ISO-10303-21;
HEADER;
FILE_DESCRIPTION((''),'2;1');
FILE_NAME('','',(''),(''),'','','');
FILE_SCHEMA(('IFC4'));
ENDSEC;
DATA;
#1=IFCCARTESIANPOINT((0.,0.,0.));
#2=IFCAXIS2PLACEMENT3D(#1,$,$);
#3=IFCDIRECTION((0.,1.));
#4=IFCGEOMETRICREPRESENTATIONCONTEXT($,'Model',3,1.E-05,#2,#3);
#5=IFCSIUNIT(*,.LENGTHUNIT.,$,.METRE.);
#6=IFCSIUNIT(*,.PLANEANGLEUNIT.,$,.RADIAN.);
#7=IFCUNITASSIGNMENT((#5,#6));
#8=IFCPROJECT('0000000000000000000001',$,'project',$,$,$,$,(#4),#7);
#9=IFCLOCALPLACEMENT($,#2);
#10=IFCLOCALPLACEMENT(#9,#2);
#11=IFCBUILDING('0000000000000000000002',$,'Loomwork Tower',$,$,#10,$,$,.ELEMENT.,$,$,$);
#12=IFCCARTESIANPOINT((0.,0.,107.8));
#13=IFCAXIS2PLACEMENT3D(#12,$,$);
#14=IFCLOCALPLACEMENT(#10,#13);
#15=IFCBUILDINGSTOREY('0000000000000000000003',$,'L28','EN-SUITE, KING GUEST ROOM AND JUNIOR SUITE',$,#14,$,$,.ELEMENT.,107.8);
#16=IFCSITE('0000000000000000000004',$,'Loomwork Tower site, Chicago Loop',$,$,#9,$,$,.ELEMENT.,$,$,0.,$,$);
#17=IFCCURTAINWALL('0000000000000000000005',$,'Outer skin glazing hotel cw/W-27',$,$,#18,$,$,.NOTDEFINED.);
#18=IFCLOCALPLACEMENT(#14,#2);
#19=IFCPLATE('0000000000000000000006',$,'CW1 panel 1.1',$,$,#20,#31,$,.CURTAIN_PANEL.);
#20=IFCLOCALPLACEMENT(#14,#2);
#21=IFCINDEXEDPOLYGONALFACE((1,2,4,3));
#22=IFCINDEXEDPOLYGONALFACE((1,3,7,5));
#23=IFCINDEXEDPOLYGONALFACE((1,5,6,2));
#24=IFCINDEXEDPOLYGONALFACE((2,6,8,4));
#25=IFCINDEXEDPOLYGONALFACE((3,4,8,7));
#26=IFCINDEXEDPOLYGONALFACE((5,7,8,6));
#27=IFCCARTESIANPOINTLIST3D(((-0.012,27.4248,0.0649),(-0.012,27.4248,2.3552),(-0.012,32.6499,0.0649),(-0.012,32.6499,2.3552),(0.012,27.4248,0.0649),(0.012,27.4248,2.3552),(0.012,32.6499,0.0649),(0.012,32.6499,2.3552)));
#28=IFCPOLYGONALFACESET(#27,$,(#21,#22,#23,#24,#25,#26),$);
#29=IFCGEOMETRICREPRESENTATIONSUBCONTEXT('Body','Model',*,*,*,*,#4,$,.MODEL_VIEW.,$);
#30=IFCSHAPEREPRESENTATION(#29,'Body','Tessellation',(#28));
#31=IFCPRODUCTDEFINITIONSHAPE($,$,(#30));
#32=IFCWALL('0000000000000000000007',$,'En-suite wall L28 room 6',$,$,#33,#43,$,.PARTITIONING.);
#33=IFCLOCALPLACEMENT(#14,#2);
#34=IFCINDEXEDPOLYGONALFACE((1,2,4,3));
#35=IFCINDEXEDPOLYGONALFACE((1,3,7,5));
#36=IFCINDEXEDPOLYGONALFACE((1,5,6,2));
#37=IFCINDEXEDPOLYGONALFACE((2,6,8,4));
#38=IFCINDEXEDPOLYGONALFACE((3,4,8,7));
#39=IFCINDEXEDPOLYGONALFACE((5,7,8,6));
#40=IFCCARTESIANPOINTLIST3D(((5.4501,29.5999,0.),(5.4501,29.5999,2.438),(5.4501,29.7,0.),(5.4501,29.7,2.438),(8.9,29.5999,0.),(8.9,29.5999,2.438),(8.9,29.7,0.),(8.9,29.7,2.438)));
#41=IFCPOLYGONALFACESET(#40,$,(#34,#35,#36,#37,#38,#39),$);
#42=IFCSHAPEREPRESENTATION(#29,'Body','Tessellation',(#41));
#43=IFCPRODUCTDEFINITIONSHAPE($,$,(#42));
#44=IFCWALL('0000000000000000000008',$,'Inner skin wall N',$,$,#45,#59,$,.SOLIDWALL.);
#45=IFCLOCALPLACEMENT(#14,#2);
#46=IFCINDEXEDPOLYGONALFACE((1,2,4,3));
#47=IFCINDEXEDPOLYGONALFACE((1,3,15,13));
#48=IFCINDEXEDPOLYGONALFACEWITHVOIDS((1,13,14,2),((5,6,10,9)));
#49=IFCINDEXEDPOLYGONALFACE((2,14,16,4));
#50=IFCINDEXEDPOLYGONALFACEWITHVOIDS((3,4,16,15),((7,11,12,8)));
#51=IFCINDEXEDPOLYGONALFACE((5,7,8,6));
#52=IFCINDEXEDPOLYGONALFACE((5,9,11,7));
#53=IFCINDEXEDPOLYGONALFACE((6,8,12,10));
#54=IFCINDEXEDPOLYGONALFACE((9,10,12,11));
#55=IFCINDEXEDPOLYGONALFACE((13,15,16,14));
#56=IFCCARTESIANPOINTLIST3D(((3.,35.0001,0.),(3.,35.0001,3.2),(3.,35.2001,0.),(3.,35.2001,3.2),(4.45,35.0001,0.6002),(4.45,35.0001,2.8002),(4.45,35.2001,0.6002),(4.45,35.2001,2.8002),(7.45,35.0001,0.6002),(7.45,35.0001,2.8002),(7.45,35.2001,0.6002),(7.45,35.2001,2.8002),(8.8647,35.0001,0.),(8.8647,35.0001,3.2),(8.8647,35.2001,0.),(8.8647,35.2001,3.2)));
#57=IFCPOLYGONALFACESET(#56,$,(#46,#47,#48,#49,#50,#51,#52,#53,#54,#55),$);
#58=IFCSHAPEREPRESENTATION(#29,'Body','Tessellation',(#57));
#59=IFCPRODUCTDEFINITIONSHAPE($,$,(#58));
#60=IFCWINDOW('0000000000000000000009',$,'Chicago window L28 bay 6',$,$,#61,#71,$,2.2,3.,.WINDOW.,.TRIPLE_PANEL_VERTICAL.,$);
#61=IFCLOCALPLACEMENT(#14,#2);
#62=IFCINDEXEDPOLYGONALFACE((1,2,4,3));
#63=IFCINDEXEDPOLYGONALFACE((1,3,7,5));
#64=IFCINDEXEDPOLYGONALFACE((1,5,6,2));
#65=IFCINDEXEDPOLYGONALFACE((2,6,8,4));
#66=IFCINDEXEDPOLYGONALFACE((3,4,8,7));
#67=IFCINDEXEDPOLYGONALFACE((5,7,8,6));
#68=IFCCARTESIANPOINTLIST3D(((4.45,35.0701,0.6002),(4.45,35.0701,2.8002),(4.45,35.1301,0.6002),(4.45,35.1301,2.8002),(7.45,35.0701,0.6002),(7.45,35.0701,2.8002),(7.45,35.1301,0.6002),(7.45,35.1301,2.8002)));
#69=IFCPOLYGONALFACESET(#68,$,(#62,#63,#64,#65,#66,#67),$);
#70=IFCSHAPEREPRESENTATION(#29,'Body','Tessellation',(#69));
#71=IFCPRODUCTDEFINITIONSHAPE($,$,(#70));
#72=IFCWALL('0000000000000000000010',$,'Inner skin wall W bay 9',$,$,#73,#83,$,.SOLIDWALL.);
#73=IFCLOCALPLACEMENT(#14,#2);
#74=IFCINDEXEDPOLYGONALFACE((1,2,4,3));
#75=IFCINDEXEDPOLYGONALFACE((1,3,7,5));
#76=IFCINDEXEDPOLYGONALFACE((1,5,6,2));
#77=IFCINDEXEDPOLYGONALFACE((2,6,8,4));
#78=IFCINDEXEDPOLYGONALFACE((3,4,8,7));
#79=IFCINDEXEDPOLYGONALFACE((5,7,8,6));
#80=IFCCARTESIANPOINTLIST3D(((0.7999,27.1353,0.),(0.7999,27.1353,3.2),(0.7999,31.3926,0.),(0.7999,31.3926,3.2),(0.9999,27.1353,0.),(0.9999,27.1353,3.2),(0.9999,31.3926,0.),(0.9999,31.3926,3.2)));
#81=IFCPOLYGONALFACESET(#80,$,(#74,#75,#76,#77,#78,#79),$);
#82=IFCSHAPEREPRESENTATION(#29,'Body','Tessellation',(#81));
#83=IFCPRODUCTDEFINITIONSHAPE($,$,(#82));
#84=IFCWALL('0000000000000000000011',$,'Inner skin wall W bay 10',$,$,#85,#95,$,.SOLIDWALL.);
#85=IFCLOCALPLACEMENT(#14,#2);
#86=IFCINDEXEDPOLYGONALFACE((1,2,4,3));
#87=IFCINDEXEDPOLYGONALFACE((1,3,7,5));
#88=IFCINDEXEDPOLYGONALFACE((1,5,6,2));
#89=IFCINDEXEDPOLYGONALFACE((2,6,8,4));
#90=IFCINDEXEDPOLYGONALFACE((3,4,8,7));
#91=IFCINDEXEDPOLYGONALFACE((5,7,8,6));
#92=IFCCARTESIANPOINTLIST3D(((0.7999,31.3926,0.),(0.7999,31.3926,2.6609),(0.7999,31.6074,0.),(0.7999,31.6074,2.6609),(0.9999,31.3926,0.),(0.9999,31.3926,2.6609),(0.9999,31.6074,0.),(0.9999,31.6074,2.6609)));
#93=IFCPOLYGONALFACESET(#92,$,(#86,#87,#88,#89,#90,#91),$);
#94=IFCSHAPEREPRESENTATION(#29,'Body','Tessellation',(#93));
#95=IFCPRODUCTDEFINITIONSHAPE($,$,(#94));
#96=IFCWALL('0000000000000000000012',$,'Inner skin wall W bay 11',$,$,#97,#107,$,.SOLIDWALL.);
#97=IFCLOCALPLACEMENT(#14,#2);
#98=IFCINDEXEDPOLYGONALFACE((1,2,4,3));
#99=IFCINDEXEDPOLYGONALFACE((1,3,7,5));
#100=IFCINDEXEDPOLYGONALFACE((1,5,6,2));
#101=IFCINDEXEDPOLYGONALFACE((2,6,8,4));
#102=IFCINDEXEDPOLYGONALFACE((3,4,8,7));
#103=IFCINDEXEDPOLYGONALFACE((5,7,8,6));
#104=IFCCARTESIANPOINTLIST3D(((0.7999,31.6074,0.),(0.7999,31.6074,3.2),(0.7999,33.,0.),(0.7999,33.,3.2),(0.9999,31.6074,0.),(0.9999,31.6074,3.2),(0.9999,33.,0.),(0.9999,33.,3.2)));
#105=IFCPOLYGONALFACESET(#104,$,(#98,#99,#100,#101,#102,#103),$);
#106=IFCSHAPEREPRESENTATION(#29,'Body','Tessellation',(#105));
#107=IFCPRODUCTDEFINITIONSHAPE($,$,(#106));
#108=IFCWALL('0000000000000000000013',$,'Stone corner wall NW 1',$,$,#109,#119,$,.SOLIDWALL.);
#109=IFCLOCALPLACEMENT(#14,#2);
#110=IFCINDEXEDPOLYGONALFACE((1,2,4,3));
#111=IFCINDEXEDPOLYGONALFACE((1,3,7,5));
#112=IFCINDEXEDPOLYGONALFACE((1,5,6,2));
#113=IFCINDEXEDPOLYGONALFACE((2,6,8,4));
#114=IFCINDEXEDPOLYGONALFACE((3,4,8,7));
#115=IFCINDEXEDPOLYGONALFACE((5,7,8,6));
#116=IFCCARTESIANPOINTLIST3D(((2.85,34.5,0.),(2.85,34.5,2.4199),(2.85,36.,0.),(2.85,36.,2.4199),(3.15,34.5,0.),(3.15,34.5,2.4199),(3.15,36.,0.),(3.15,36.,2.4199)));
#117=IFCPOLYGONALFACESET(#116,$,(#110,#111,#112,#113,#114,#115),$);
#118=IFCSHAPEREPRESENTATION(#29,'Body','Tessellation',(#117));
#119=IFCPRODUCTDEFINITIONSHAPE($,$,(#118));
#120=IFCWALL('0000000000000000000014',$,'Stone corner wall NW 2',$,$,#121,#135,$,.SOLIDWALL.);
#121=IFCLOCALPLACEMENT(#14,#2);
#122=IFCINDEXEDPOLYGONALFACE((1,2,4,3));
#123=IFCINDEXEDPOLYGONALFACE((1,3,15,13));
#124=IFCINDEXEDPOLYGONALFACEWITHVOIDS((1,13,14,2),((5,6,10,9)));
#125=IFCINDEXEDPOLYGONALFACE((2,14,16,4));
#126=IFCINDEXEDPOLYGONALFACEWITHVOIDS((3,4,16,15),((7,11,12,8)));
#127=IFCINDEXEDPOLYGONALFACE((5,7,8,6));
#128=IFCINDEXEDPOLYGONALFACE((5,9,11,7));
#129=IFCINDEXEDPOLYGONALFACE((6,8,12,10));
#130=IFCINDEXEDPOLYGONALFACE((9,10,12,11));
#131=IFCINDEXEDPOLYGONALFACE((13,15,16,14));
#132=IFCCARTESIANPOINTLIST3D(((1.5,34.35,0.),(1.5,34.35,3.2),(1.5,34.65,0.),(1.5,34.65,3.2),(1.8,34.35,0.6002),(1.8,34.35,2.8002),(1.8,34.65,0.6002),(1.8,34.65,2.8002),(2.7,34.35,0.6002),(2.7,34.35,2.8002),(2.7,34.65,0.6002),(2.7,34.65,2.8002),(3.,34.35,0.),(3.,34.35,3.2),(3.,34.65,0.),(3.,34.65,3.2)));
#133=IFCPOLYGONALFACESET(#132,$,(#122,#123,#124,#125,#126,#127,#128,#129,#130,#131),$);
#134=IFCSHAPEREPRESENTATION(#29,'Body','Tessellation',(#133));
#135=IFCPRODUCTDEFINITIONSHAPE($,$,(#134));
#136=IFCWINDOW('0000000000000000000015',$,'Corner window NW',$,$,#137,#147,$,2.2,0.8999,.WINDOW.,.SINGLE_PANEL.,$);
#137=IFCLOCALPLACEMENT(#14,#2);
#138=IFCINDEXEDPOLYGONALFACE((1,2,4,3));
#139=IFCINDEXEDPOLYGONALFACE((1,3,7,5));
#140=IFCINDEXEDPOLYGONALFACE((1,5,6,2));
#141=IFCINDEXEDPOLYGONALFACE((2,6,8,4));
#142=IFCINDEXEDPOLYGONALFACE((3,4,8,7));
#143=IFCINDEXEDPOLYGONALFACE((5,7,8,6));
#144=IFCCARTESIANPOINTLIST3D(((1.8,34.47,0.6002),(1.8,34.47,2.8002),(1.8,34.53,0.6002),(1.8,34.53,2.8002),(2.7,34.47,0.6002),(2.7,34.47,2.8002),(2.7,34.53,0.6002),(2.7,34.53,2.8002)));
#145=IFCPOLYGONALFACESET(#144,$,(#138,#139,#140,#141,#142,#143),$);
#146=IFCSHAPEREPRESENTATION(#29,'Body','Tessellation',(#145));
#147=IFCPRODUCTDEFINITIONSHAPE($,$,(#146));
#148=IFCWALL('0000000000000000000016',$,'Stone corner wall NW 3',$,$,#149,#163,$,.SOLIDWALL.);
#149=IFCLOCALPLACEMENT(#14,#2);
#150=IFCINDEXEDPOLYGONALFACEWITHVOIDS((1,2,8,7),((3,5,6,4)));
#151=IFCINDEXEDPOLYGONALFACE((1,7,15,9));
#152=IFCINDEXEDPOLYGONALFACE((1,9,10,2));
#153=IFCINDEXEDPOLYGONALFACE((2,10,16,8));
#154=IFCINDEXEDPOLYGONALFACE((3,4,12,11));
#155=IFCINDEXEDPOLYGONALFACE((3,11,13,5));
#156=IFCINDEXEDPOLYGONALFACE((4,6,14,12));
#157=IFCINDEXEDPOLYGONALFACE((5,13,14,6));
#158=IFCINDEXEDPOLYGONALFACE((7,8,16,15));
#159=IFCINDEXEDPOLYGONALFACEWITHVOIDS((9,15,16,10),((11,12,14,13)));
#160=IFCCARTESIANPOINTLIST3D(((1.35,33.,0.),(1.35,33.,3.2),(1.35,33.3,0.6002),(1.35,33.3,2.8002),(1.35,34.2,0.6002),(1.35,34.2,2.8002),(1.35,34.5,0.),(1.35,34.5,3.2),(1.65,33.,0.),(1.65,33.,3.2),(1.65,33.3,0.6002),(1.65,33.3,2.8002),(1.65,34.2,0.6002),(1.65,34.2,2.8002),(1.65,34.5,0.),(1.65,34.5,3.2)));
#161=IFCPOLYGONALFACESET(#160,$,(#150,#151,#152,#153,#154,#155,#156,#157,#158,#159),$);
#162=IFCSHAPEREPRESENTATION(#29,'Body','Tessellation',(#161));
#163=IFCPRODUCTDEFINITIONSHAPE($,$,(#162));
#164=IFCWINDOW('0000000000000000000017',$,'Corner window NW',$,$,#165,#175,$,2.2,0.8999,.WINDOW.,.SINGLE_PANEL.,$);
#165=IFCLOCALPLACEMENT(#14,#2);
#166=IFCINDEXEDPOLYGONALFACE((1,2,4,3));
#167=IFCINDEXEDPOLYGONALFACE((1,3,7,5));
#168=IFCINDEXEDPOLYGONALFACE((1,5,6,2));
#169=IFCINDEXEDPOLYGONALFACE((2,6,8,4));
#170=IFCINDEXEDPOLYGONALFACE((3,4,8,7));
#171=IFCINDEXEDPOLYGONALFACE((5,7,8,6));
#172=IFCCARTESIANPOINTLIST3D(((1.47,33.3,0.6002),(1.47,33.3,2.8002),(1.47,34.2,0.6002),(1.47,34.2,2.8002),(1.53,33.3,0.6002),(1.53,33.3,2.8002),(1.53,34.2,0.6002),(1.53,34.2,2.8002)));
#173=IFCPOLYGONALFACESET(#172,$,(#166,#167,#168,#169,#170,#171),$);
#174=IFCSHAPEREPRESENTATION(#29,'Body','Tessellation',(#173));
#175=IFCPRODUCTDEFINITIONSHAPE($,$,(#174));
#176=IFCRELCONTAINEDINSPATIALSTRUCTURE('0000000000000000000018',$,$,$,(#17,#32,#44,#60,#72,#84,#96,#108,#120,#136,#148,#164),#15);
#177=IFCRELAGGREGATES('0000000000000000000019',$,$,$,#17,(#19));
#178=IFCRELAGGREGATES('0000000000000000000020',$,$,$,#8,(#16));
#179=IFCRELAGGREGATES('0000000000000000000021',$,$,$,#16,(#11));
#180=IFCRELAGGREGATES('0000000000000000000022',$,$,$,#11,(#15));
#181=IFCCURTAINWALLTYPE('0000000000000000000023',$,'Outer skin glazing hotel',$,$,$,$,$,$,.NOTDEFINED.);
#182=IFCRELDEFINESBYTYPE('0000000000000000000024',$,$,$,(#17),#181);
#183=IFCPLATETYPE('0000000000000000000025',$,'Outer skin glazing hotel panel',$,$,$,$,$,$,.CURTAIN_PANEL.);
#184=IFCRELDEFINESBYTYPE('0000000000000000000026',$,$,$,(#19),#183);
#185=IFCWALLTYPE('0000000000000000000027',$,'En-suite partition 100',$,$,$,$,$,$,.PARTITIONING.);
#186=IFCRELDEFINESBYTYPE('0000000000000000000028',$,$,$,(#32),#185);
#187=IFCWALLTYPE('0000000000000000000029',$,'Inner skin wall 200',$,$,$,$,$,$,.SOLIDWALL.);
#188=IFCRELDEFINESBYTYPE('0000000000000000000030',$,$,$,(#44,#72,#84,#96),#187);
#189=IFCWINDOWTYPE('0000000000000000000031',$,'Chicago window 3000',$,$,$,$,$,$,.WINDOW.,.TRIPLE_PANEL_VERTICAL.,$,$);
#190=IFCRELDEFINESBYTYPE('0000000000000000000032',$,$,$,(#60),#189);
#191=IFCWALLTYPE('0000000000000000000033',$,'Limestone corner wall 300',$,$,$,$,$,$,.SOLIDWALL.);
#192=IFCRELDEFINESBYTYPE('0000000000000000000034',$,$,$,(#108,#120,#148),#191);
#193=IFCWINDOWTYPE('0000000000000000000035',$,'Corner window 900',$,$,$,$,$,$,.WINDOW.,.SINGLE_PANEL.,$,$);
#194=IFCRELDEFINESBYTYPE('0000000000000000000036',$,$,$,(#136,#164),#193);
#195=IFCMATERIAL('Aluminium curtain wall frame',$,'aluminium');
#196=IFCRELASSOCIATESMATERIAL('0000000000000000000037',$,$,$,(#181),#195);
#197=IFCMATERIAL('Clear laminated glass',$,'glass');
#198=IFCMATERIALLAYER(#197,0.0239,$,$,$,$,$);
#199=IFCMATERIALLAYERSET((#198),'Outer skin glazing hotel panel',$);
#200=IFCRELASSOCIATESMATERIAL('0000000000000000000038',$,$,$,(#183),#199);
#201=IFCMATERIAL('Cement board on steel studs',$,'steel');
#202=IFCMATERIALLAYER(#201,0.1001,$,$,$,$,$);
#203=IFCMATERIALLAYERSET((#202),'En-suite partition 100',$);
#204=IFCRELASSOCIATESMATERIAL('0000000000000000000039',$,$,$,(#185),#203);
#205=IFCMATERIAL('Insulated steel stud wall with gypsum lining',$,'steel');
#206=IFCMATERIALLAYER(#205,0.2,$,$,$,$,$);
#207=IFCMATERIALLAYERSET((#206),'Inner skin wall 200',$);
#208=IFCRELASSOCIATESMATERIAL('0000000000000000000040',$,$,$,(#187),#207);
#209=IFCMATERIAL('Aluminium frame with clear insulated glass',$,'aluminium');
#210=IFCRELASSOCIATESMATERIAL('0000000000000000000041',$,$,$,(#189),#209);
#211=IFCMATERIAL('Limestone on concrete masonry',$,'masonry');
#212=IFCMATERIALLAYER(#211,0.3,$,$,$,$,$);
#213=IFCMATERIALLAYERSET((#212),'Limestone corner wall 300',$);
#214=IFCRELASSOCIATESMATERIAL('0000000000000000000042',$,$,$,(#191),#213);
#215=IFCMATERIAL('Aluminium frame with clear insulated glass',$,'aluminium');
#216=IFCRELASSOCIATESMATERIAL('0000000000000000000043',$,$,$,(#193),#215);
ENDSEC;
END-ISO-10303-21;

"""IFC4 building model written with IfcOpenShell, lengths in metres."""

from ifc_helpers import new_model, si_unit, direction, frame, frame_2d, origin, origin_2d, place, context, subcontext, project, spatial, rectangle, extrude, material, layer, layer_set, type_object, element, fill, aggregate, save


model = new_model("IFC4")

# Units and contexts
model_context = context("Model", 3, precision=1e-05, world=origin(), true_north=direction((0.0, 1.0)))
body_context = subcontext(model_context, "Body", "Model", "MODEL_VIEW")
ifc_project = project(units=[si_unit("LENGTHUNIT", "METRE"), si_unit("PLANEANGLEUNIT", "RADIAN")], contexts=[model_context])

# Site, building, storey
site_placement = place(None, origin())
site = spatial("IfcSite", under=ifc_project, at=site_placement, Name="Loomwork Tower site, Chicago Loop", CompositionType="ELEMENT", RefElevation=0.0)
building_placement = place(site_placement, origin())
building = spatial("IfcBuilding", under=site, at=building_placement, Name="Loomwork Tower", CompositionType="ELEMENT")
storey_placement = place(building_placement, frame((0.0, 0.0, 107.8)))
storey = spatial("IfcBuildingStorey", under=building, at=storey_placement, Name="L28", Description="EN-SUITE, KING GUEST ROOM AND JUNIOR SUITE", CompositionType="ELEMENT", Elevation=107.8)

# Curtain wall
ifc_material_1 = material(Name="Aluminium curtain wall frame", Category="aluminium")
curtain_wall_type = type_object("IfcCurtainWallType", Name="Outer skin glazing hotel", PredefinedType="NOTDEFINED", material=ifc_material_1)
curtain_wall_1_placement = place(storey_placement, origin())
curtain_wall_1 = element("IfcCurtainWall", 1, at=curtain_wall_1_placement, inside=storey, type_object=curtain_wall_type, Name="Outer skin glazing hotel cw/W-27", PredefinedType="NOTDEFINED")

# Plate
ifc_material_2 = material(Name="Clear laminated glass", Category="glass")
ifc_layer_1 = layer(ifc_material_2, 0.0239)
ifc_layer_set_1 = layer_set([ifc_layer_1], Name="Outer skin glazing hotel panel")
plate_type = type_object("IfcPlateType", Name="Outer skin glazing hotel panel", PredefinedType="CURTAIN_PANEL", material=ifc_layer_set_1)
plate_1_placement = place(storey_placement, frame((0.0, 30.0374, 0.0649), z_axis=(0.0, 0.0, 1.0), x_axis=(0.0, -1.0, 0.0)))
plate_1 = element("IfcPlate", 2, at=plate_1_placement, type_object=plate_type, Name="CW1 panel 1.1", PredefinedType="CURTAIN_PANEL", context=body_context, shape_type="SweptSolid", body=[
    extrude(rectangle(XDim=5.2251, YDim=0.0239, at=origin_2d()), origin(), (0.0, 0.0, 1.0), 2.2903),
])
aggregate(curtain_wall_1, [plate_1])

# Wall
ifc_material_3 = material(Name="Cement board on steel studs", Category="steel")
ifc_layer_2 = layer(ifc_material_3, 0.1001)
ifc_layer_set_2 = layer_set([ifc_layer_2], Name="En-suite partition 100")
wall_type_1 = type_object("IfcWallType", Name="En-suite partition 100", PredefinedType="PARTITIONING", material=ifc_layer_set_2)
wall_1_placement = place(storey_placement, frame((5.45, 29.6499, 0.0), z_axis=(0.0, 0.0, 1.0), x_axis=(1.0, 0.0, 0.0)))
element("IfcWall", 3, at=wall_1_placement, inside=storey, type_object=wall_type_1, Name="En-suite wall L28 room 6", PredefinedType="PARTITIONING", context=body_context, shape_type="SweptSolid", body=[
    extrude(rectangle(XDim=3.45, YDim=0.1001, at=frame_2d((1.7251, 0.0))), origin(), (0.0, 0.0, 1.0), 2.438),
])

# Wall, opening, window
ifc_material_4 = material(Name="Insulated steel stud wall with gypsum lining", Category="steel")
ifc_layer_3 = layer(ifc_material_4, 0.2)
ifc_layer_set_3 = layer_set([ifc_layer_3], Name="Inner skin wall 200")
wall_type_2 = type_object("IfcWallType", Name="Inner skin wall 200", PredefinedType="SOLIDWALL", material=ifc_layer_set_3)
wall_2_placement = place(storey_placement, frame((3.0, 35.1001, 0.0), z_axis=(0.0, 0.0, 1.0), x_axis=(1.0, 0.0, 0.0)))
wall_2 = element("IfcWall", 4, at=wall_2_placement, inside=storey, type_object=wall_type_2, Name="Inner skin wall N", PredefinedType="SOLIDWALL", context=body_context, shape_type="SweptSolid", body=[
    extrude(rectangle(XDim=5.8647, YDim=0.2, at=frame_2d((2.9324, 0.0))), origin(), (0.0, 0.0, 1.0), 3.2),
])
opening_1_placement = place(wall_2_placement, frame((1.45, 0.0, 0.6001)))
opening_1 = element("IfcOpeningElement", 5, at=opening_1_placement, cuts=wall_2, PredefinedType="OPENING", context=body_context, shape_type="SweptSolid", body=[
    extrude(rectangle(XDim=3.0, YDim=2.2, at=frame_2d((1.5, 1.1001))), frame((0.0, 0.1099, 0.0), z_axis=(0.0, -1.0, 0.0), x_axis=(1.0, 0.0, 0.0)), (0.0, 0.0, 1.0), 0.22),
])
ifc_material_5 = material(Name="Aluminium frame with clear insulated glass", Category="aluminium")
window_type_1 = type_object("IfcWindowType", Name="Chicago window 3000", PartitioningType="TRIPLE_PANEL_VERTICAL", PredefinedType="WINDOW", material=ifc_material_5)
window_1_placement = place(opening_1_placement, origin())
window_1 = element("IfcWindow", 6, at=window_1_placement, inside=storey, type_object=window_type_1, Name="Chicago window L28 bay 6", OverallHeight=2.2, OverallWidth=3.0, PartitioningType="TRIPLE_PANEL_VERTICAL", PredefinedType="WINDOW", context=body_context, shape_type="SweptSolid", body=[
    extrude(rectangle(XDim=3.0, YDim=2.2, at=frame_2d((1.5, 1.1001))), frame((0.0, 0.03, 0.0), z_axis=(0.0, -1.0, 0.0), x_axis=(1.0, 0.0, 0.0)), (0.0, 0.0, 1.0), 0.0601),
])
fill(opening_1, window_1)

# Walls
wall_3_placement = place(storey_placement, frame((0.8999, 27.1353, 0.0), z_axis=(0.0, 0.0, 1.0), x_axis=(0.0, 1.0, 0.0)))
element("IfcWall", 7, at=wall_3_placement, inside=storey, type_object=wall_type_2, Name="Inner skin wall W bay 9", PredefinedType="SOLIDWALL", context=body_context, shape_type="SweptSolid", body=[
    extrude(rectangle(XDim=4.2573, YDim=0.2, at=frame_2d((2.1287, 0.0))), origin(), (0.0, 0.0, 1.0), 3.2),
])
wall_4_placement = place(storey_placement, frame((0.8999, 31.3926, 0.0), z_axis=(0.0, 0.0, 1.0), x_axis=(0.0, 1.0, 0.0)))
element("IfcWall", 8, at=wall_4_placement, inside=storey, type_object=wall_type_2, Name="Inner skin wall W bay 10", PredefinedType="SOLIDWALL", context=body_context, shape_type="SweptSolid", body=[
    extrude(rectangle(XDim=0.2148, YDim=0.2, at=frame_2d((0.1074, 0.0))), origin(), (0.0, 0.0, 1.0), 2.6609),
])
wall_5_placement = place(storey_placement, frame((0.8999, 31.6074, 0.0), z_axis=(0.0, 0.0, 1.0), x_axis=(0.0, 1.0, 0.0)))
element("IfcWall", 9, at=wall_5_placement, inside=storey, type_object=wall_type_2, Name="Inner skin wall W bay 11", PredefinedType="SOLIDWALL", context=body_context, shape_type="SweptSolid", body=[
    extrude(rectangle(XDim=1.3926, YDim=0.2, at=frame_2d((0.6963, 0.0))), origin(), (0.0, 0.0, 1.0), 3.2),
])
ifc_material_6 = material(Name="Limestone on concrete masonry", Category="masonry")
ifc_layer_4 = layer(ifc_material_6, 0.3)
ifc_layer_set_4 = layer_set([ifc_layer_4], Name="Limestone corner wall 300")
wall_type_3 = type_object("IfcWallType", Name="Limestone corner wall 300", PredefinedType="SOLIDWALL", material=ifc_layer_set_4)
wall_6_placement = place(storey_placement, frame((3.0, 36.0, 0.0), z_axis=(0.0, 0.0, 1.0), x_axis=(0.0, -1.0, 0.0)))
element("IfcWall", 10, at=wall_6_placement, inside=storey, type_object=wall_type_3, Name="Stone corner wall NW 1", PredefinedType="SOLIDWALL", context=body_context, shape_type="SweptSolid", body=[
    extrude(rectangle(XDim=1.5, YDim=0.3, at=frame_2d((0.75, 0.0))), origin(), (0.0, 0.0, 1.0), 2.4199),
])

# Walls, openings, windows
wall_7_placement = place(storey_placement, frame((3.0, 34.5, 0.0), z_axis=(0.0, 0.0, 1.0), x_axis=(-1.0, 0.0, 0.0)))
wall_7 = element("IfcWall", 11, at=wall_7_placement, inside=storey, type_object=wall_type_3, Name="Stone corner wall NW 2", PredefinedType="SOLIDWALL", context=body_context, shape_type="SweptSolid", body=[
    extrude(rectangle(XDim=1.5, YDim=0.3, at=frame_2d((0.75, 0.0))), origin(), (0.0, 0.0, 1.0), 3.2),
])
opening_2_placement = place(wall_7_placement, frame((0.3, 0.0, 0.6001)))
opening_2 = element("IfcOpeningElement", 12, at=opening_2_placement, cuts=wall_7, PredefinedType="OPENING", context=body_context, shape_type="SweptSolid", body=[
    extrude(rectangle(XDim=0.8999, YDim=2.2, at=frame_2d((0.45, 1.1001))), frame((0.0, 0.1599, 0.0), z_axis=(0.0, -1.0, 0.0), x_axis=(1.0, 0.0, 0.0)), (0.0, 0.0, 1.0), 0.3201),
])
ifc_material_7 = material(Name="Aluminium frame with clear insulated glass", Category="aluminium")
window_type_2 = type_object("IfcWindowType", Name="Corner window 900", PartitioningType="SINGLE_PANEL", PredefinedType="WINDOW", material=ifc_material_7)
window_2_placement = place(opening_2_placement, origin())
window_2 = element("IfcWindow", 13, at=window_2_placement, inside=storey, type_object=window_type_2, Name="Corner window NW", OverallHeight=2.2, OverallWidth=0.8999, PartitioningType="SINGLE_PANEL", PredefinedType="WINDOW", context=body_context, shape_type="SweptSolid", body=[
    extrude(rectangle(XDim=0.8999, YDim=2.2, at=frame_2d((0.45, 1.1001))), frame((0.0, 0.03, 0.0), z_axis=(0.0, -1.0, 0.0), x_axis=(1.0, 0.0, 0.0)), (0.0, 0.0, 1.0), 0.0601),
])
fill(opening_2, window_2)
wall_8_placement = place(storey_placement, frame((1.5, 34.5, 0.0), z_axis=(0.0, 0.0, 1.0), x_axis=(0.0, -1.0, 0.0)))
wall_8 = element("IfcWall", 14, at=wall_8_placement, inside=storey, type_object=wall_type_3, Name="Stone corner wall NW 3", PredefinedType="SOLIDWALL", context=body_context, shape_type="SweptSolid", body=[
    extrude(rectangle(XDim=1.5, YDim=0.3, at=frame_2d((0.75, 0.0))), origin(), (0.0, 0.0, 1.0), 3.2),
])
opening_3_placement = place(wall_8_placement, frame((0.3, 0.0, 0.6001)))
opening_3 = element("IfcOpeningElement", 15, at=opening_3_placement, cuts=wall_8, PredefinedType="OPENING", context=body_context, shape_type="SweptSolid", body=[
    extrude(rectangle(XDim=0.8999, YDim=2.2, at=frame_2d((0.45, 1.1001))), frame((0.0, 0.1599, 0.0), z_axis=(0.0, -1.0, 0.0), x_axis=(1.0, 0.0, 0.0)), (0.0, 0.0, 1.0), 0.3201),
])
window_3_placement = place(opening_3_placement, origin())
window_3 = element("IfcWindow", 16, at=window_3_placement, inside=storey, type_object=window_type_2, Name="Corner window NW", OverallHeight=2.2, OverallWidth=0.8999, PartitioningType="SINGLE_PANEL", PredefinedType="WINDOW", context=body_context, shape_type="SweptSolid", body=[
    extrude(rectangle(XDim=0.8999, YDim=2.2, at=frame_2d((0.45, 1.1001))), frame((0.0, 0.03, 0.0), z_axis=(0.0, -1.0, 0.0), x_axis=(1.0, 0.0, 0.0)), (0.0, 0.0, 1.0), 0.0601),
])
fill(opening_3, window_3)

save(model, "model.ifc")
